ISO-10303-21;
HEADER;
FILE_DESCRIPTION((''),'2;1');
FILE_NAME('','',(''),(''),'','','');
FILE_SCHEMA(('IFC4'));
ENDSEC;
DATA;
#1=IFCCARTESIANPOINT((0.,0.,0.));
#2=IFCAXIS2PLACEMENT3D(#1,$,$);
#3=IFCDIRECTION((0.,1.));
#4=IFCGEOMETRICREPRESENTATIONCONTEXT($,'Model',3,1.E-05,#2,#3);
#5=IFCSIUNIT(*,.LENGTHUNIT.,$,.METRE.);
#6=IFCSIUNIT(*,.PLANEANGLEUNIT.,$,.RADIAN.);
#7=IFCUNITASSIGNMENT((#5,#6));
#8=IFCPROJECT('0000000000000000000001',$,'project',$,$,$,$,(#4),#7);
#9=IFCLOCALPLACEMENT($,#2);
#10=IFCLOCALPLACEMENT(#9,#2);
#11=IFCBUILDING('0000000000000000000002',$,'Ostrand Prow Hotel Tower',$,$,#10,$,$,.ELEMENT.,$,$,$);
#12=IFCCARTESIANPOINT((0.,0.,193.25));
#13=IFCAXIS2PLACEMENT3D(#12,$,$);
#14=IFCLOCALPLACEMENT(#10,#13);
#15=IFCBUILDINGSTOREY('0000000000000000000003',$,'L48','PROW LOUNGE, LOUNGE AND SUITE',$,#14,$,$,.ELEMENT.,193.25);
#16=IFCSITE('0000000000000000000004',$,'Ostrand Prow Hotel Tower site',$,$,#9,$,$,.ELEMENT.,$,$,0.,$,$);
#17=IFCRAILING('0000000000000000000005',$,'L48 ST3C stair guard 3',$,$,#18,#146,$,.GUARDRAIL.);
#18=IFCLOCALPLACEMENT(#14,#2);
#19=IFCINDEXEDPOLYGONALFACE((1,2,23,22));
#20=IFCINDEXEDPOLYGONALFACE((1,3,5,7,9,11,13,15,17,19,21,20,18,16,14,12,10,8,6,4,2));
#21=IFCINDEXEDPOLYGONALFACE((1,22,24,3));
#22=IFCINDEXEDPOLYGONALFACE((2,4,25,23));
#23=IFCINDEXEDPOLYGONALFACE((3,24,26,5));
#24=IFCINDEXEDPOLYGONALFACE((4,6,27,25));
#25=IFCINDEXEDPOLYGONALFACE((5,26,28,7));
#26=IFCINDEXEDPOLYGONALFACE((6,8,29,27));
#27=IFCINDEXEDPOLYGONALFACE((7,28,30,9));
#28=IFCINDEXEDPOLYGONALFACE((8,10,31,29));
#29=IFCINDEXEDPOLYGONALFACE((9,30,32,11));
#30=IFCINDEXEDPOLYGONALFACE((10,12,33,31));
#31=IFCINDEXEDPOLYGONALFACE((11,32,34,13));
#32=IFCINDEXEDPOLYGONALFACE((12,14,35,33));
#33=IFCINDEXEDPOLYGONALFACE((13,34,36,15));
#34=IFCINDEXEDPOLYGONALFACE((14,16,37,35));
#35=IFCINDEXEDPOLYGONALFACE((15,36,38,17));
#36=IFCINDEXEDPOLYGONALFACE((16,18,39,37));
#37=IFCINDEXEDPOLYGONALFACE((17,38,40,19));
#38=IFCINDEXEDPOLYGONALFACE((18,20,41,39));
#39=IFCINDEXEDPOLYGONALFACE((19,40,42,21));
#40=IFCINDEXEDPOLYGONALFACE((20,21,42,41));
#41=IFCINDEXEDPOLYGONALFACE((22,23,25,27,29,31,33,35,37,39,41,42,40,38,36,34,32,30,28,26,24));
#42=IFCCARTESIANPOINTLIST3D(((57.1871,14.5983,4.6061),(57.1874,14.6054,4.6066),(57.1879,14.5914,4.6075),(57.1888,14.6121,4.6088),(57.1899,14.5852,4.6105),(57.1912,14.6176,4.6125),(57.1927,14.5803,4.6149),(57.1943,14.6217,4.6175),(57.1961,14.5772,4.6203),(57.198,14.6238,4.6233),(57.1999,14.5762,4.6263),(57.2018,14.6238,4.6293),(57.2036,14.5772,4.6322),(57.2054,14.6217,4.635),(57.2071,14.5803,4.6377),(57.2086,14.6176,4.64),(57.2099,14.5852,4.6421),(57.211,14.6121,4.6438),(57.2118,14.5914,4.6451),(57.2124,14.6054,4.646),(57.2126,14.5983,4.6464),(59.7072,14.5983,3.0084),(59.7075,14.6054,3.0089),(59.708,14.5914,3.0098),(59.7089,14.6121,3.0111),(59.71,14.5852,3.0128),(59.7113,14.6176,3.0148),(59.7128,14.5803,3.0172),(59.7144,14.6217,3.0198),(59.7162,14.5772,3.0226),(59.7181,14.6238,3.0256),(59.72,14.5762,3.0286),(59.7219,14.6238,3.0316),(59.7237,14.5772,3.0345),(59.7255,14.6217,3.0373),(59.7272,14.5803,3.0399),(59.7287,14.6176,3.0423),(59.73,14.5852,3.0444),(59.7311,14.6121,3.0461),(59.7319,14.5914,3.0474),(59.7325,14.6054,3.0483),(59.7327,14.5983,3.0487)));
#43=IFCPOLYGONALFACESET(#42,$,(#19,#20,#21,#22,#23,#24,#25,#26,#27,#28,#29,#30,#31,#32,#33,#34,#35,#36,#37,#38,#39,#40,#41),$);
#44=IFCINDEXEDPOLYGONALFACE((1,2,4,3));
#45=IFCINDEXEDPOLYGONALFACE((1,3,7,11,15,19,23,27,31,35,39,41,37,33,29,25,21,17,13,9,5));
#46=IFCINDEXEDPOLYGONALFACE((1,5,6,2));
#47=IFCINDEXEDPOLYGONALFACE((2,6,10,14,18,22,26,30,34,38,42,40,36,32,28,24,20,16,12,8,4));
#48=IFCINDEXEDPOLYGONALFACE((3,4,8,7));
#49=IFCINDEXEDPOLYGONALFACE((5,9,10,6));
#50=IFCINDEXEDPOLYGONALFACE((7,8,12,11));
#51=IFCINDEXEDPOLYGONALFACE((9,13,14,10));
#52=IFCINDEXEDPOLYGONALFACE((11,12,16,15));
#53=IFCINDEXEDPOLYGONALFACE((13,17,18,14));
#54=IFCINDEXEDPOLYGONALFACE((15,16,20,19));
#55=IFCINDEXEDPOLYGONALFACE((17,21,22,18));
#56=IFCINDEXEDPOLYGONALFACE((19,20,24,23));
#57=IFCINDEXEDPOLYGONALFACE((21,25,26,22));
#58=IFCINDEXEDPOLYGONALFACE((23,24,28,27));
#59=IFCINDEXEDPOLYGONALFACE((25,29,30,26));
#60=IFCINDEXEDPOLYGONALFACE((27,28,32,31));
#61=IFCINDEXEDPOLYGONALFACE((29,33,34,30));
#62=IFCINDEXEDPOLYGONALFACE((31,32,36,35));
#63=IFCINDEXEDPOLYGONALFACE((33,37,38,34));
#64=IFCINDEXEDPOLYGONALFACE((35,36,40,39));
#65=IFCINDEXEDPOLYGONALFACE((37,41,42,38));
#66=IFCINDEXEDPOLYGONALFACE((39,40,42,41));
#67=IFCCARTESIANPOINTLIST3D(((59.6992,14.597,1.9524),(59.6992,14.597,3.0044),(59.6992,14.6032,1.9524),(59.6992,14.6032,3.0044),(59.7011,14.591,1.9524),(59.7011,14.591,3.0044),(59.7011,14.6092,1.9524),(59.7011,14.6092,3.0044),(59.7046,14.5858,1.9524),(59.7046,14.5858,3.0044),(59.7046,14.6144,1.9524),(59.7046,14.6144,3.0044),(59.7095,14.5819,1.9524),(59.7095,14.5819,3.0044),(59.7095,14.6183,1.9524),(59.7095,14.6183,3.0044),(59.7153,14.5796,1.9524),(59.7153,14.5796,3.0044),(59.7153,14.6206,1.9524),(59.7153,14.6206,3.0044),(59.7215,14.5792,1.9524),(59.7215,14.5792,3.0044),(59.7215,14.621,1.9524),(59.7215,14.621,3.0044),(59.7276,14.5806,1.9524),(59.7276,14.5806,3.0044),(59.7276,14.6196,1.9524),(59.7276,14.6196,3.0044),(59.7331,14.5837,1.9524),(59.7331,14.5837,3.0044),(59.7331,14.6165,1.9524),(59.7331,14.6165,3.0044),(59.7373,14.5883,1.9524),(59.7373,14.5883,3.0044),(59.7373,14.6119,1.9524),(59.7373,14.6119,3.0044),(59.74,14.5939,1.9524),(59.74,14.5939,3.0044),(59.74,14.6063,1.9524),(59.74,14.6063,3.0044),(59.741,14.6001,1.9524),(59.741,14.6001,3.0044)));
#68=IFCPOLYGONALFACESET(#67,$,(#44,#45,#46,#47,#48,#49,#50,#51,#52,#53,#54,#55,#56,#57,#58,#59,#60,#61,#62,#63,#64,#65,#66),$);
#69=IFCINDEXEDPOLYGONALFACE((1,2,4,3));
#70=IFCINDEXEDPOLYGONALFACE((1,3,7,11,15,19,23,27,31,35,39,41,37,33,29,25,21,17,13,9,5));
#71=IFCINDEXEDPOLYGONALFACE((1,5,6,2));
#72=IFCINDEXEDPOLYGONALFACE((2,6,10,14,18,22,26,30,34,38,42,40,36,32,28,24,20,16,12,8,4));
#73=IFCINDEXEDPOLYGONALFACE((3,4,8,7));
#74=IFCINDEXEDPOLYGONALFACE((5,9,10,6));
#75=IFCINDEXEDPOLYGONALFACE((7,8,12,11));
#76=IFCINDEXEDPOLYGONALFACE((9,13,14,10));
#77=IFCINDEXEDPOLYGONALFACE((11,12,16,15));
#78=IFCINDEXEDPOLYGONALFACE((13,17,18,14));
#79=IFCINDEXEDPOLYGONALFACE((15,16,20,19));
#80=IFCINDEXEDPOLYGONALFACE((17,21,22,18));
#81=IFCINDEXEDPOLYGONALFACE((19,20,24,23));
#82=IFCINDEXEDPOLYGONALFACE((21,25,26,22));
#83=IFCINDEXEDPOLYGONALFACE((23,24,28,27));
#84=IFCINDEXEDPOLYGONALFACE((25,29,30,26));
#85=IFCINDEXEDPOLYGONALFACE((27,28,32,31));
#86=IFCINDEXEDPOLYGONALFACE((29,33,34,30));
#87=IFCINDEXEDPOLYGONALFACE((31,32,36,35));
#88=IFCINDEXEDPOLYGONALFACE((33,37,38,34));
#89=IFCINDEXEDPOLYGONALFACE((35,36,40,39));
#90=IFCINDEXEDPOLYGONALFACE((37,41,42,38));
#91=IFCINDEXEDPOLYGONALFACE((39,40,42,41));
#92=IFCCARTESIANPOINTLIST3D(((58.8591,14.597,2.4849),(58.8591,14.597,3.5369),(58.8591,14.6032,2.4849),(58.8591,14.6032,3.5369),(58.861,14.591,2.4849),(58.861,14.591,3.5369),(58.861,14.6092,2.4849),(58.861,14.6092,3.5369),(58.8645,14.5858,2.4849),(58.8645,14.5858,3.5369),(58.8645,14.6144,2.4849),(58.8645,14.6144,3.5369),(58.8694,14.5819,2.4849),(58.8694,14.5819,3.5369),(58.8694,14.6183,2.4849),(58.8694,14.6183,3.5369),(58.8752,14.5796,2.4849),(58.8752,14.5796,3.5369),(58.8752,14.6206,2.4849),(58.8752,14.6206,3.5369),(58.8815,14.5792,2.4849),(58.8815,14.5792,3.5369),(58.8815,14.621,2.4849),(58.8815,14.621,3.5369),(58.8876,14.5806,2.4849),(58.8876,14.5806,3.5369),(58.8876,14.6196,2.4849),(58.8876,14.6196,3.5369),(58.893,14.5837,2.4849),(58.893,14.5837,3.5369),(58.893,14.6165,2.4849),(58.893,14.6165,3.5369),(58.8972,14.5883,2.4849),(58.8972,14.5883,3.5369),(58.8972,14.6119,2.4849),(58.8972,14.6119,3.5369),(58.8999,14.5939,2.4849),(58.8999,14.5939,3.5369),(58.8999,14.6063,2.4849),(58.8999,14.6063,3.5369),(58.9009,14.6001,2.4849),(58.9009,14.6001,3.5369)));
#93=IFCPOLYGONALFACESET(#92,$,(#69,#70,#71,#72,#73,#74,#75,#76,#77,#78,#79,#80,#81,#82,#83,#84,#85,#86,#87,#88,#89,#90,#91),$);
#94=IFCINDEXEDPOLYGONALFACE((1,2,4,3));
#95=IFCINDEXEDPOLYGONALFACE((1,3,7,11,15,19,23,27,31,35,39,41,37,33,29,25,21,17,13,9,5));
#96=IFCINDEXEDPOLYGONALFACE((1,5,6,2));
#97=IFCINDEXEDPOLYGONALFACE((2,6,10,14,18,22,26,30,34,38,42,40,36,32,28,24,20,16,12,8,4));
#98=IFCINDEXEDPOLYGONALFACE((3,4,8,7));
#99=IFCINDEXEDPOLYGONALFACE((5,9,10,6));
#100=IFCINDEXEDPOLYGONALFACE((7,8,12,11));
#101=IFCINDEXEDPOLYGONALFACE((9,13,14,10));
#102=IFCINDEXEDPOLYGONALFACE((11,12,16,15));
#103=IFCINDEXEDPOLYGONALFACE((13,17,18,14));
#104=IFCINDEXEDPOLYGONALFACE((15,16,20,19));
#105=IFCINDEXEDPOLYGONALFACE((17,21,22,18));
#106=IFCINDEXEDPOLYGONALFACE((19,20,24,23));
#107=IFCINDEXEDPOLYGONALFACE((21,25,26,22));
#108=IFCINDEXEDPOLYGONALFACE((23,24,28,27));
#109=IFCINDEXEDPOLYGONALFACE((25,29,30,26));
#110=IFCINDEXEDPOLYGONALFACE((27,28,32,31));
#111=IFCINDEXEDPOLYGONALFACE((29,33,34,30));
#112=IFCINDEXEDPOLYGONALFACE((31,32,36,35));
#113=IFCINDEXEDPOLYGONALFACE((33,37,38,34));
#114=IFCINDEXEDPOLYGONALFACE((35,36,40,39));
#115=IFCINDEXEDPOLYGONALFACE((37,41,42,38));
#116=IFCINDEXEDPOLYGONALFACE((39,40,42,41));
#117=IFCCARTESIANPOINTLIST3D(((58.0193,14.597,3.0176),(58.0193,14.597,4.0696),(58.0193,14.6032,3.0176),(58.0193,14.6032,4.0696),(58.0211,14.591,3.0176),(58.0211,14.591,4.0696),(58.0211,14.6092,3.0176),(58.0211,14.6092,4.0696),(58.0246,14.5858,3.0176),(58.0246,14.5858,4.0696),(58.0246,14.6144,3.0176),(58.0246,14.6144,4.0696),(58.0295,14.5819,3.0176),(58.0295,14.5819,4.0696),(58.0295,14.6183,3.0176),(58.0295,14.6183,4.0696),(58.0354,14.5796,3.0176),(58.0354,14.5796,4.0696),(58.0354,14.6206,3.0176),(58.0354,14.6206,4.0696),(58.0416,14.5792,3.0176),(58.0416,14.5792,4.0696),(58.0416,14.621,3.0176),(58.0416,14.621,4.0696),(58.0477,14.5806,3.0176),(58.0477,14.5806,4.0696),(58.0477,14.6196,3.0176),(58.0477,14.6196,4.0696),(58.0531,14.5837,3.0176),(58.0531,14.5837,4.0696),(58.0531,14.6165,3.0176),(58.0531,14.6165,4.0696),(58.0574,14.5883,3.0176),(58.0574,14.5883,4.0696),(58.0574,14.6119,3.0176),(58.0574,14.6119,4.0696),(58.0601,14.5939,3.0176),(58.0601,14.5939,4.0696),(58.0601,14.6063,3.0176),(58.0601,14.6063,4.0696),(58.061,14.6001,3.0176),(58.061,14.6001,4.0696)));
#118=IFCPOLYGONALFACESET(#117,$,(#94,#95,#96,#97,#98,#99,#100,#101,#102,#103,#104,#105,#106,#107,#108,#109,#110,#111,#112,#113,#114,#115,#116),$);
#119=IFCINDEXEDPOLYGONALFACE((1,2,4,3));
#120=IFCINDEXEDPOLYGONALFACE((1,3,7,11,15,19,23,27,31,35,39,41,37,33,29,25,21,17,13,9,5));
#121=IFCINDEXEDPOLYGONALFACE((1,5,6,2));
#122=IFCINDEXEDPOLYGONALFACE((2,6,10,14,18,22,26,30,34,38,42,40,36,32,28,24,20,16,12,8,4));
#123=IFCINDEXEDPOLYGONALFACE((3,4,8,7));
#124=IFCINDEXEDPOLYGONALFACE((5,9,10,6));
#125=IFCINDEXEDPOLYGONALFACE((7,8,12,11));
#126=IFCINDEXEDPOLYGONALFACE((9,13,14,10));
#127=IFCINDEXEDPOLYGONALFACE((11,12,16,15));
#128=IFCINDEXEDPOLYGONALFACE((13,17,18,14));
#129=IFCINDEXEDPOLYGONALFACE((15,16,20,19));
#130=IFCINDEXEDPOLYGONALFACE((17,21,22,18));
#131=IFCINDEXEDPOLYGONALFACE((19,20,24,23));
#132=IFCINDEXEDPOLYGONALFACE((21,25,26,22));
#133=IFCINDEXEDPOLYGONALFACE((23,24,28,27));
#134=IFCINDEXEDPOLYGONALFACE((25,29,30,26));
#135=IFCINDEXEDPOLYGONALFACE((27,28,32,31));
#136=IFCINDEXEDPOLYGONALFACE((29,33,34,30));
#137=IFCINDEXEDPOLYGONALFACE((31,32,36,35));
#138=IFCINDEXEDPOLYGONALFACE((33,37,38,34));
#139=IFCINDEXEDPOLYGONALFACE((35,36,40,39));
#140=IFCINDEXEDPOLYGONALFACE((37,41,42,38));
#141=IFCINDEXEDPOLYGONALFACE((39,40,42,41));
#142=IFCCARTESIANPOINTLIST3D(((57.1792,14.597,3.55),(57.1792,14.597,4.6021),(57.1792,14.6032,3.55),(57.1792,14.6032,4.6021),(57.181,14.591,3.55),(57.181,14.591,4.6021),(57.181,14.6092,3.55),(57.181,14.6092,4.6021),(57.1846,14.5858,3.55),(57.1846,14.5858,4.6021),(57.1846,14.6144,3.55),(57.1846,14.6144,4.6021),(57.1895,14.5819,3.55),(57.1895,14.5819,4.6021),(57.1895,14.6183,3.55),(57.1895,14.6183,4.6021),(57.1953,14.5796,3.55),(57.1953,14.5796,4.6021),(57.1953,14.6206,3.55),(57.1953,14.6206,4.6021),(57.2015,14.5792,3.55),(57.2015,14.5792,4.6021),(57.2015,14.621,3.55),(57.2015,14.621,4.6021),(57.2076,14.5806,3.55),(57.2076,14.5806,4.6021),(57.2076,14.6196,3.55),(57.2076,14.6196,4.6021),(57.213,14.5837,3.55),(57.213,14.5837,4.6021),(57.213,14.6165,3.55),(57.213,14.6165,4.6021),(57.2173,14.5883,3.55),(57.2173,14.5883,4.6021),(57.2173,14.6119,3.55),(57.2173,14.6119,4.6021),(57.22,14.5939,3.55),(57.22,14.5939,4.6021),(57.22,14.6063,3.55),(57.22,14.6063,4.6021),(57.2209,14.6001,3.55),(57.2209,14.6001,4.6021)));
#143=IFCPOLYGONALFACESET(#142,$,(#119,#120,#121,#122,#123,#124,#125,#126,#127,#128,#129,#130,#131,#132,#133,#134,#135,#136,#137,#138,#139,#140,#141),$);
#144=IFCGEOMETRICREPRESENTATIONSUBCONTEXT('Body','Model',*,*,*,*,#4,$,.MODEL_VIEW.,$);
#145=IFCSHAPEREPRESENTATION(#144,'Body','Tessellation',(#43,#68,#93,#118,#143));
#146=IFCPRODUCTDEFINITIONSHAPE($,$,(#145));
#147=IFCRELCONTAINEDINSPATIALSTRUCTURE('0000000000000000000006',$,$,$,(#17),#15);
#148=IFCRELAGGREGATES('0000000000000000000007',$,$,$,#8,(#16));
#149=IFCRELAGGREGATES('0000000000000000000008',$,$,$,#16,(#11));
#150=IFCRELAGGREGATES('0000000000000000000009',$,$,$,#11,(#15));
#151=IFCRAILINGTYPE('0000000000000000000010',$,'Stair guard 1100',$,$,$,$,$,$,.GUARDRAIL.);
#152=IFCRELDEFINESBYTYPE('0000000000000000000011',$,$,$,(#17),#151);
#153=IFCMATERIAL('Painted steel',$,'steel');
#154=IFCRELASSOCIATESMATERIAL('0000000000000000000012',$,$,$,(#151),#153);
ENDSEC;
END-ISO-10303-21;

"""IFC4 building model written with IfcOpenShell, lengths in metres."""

from ifc_helpers import new_model, si_unit, direction, frame, origin, origin_2d, place, context, subcontext, project, spatial, circle, extrude, material, type_object, element, save


model = new_model("IFC4")

# Units and contexts
model_context = context("Model", 3, precision=1e-05, world=origin(), true_north=direction((0.0, 1.0)))
body_context = subcontext(model_context, "Body", "Model", "MODEL_VIEW")
ifc_project = project(units=[si_unit("LENGTHUNIT", "METRE"), si_unit("PLANEANGLEUNIT", "RADIAN")], contexts=[model_context])

# Site, building, storey
site_placement = place(None, origin())
site = spatial("IfcSite", under=ifc_project, at=site_placement, Name="Ostrand Prow Hotel Tower site", CompositionType="ELEMENT", RefElevation=0.0)
building_placement = place(site_placement, origin())
building = spatial("IfcBuilding", under=site, at=building_placement, Name="Ostrand Prow Hotel Tower", CompositionType="ELEMENT")
storey_placement = place(building_placement, frame((0.0, 0.0, 193.25)))
storey = spatial("IfcBuildingStorey", under=building, at=storey_placement, Name="L48", Description="PROW LOUNGE, LOUNGE AND SUITE", CompositionType="ELEMENT", Elevation=193.25)

# Railing
ifc_material_1 = material(Name="Painted steel", Category="steel")
railing_type_1 = type_object("IfcRailingType", Name="Stair guard 1100", PredefinedType="GUARDRAIL", material=ifc_material_1)
railing_1_placement = place(storey_placement, frame((59.72, 14.6001, 1.9524)))
element("IfcRailing", 1, at=railing_1_placement, inside=storey, type_object=railing_type_1, Name="L48 ST3C stair guard 3", PredefinedType="GUARDRAIL", context=body_context, shape_type="SweptSolid", body=[
    extrude(circle(Radius=0.0239, at=origin_2d()), frame((0.0, 0.0, 1.0762), z_axis=(-0.84457, 0.0, 0.535445), x_axis=(0.0, -1.0, 0.0)), (0.0, 0.0, 1.0), 2.9839),
    extrude(circle(Radius=0.021, at=origin_2d()), origin(), (0.0, 0.0, 1.0), 1.052),
    extrude(circle(Radius=0.021, at=origin_2d()), frame((-0.8401, 0.0, 0.5325)), (0.0, 0.0, 1.0), 1.052),
    extrude(circle(Radius=0.021, at=origin_2d()), frame((-1.6799, 0.0, 1.0652)), (0.0, 0.0, 1.0), 1.052),
    extrude(circle(Radius=0.021, at=origin_2d()), frame((-2.52, 0.0, 1.5977)), (0.0, 0.0, 1.0), 1.052),
])

save(model, "model.ifc")
